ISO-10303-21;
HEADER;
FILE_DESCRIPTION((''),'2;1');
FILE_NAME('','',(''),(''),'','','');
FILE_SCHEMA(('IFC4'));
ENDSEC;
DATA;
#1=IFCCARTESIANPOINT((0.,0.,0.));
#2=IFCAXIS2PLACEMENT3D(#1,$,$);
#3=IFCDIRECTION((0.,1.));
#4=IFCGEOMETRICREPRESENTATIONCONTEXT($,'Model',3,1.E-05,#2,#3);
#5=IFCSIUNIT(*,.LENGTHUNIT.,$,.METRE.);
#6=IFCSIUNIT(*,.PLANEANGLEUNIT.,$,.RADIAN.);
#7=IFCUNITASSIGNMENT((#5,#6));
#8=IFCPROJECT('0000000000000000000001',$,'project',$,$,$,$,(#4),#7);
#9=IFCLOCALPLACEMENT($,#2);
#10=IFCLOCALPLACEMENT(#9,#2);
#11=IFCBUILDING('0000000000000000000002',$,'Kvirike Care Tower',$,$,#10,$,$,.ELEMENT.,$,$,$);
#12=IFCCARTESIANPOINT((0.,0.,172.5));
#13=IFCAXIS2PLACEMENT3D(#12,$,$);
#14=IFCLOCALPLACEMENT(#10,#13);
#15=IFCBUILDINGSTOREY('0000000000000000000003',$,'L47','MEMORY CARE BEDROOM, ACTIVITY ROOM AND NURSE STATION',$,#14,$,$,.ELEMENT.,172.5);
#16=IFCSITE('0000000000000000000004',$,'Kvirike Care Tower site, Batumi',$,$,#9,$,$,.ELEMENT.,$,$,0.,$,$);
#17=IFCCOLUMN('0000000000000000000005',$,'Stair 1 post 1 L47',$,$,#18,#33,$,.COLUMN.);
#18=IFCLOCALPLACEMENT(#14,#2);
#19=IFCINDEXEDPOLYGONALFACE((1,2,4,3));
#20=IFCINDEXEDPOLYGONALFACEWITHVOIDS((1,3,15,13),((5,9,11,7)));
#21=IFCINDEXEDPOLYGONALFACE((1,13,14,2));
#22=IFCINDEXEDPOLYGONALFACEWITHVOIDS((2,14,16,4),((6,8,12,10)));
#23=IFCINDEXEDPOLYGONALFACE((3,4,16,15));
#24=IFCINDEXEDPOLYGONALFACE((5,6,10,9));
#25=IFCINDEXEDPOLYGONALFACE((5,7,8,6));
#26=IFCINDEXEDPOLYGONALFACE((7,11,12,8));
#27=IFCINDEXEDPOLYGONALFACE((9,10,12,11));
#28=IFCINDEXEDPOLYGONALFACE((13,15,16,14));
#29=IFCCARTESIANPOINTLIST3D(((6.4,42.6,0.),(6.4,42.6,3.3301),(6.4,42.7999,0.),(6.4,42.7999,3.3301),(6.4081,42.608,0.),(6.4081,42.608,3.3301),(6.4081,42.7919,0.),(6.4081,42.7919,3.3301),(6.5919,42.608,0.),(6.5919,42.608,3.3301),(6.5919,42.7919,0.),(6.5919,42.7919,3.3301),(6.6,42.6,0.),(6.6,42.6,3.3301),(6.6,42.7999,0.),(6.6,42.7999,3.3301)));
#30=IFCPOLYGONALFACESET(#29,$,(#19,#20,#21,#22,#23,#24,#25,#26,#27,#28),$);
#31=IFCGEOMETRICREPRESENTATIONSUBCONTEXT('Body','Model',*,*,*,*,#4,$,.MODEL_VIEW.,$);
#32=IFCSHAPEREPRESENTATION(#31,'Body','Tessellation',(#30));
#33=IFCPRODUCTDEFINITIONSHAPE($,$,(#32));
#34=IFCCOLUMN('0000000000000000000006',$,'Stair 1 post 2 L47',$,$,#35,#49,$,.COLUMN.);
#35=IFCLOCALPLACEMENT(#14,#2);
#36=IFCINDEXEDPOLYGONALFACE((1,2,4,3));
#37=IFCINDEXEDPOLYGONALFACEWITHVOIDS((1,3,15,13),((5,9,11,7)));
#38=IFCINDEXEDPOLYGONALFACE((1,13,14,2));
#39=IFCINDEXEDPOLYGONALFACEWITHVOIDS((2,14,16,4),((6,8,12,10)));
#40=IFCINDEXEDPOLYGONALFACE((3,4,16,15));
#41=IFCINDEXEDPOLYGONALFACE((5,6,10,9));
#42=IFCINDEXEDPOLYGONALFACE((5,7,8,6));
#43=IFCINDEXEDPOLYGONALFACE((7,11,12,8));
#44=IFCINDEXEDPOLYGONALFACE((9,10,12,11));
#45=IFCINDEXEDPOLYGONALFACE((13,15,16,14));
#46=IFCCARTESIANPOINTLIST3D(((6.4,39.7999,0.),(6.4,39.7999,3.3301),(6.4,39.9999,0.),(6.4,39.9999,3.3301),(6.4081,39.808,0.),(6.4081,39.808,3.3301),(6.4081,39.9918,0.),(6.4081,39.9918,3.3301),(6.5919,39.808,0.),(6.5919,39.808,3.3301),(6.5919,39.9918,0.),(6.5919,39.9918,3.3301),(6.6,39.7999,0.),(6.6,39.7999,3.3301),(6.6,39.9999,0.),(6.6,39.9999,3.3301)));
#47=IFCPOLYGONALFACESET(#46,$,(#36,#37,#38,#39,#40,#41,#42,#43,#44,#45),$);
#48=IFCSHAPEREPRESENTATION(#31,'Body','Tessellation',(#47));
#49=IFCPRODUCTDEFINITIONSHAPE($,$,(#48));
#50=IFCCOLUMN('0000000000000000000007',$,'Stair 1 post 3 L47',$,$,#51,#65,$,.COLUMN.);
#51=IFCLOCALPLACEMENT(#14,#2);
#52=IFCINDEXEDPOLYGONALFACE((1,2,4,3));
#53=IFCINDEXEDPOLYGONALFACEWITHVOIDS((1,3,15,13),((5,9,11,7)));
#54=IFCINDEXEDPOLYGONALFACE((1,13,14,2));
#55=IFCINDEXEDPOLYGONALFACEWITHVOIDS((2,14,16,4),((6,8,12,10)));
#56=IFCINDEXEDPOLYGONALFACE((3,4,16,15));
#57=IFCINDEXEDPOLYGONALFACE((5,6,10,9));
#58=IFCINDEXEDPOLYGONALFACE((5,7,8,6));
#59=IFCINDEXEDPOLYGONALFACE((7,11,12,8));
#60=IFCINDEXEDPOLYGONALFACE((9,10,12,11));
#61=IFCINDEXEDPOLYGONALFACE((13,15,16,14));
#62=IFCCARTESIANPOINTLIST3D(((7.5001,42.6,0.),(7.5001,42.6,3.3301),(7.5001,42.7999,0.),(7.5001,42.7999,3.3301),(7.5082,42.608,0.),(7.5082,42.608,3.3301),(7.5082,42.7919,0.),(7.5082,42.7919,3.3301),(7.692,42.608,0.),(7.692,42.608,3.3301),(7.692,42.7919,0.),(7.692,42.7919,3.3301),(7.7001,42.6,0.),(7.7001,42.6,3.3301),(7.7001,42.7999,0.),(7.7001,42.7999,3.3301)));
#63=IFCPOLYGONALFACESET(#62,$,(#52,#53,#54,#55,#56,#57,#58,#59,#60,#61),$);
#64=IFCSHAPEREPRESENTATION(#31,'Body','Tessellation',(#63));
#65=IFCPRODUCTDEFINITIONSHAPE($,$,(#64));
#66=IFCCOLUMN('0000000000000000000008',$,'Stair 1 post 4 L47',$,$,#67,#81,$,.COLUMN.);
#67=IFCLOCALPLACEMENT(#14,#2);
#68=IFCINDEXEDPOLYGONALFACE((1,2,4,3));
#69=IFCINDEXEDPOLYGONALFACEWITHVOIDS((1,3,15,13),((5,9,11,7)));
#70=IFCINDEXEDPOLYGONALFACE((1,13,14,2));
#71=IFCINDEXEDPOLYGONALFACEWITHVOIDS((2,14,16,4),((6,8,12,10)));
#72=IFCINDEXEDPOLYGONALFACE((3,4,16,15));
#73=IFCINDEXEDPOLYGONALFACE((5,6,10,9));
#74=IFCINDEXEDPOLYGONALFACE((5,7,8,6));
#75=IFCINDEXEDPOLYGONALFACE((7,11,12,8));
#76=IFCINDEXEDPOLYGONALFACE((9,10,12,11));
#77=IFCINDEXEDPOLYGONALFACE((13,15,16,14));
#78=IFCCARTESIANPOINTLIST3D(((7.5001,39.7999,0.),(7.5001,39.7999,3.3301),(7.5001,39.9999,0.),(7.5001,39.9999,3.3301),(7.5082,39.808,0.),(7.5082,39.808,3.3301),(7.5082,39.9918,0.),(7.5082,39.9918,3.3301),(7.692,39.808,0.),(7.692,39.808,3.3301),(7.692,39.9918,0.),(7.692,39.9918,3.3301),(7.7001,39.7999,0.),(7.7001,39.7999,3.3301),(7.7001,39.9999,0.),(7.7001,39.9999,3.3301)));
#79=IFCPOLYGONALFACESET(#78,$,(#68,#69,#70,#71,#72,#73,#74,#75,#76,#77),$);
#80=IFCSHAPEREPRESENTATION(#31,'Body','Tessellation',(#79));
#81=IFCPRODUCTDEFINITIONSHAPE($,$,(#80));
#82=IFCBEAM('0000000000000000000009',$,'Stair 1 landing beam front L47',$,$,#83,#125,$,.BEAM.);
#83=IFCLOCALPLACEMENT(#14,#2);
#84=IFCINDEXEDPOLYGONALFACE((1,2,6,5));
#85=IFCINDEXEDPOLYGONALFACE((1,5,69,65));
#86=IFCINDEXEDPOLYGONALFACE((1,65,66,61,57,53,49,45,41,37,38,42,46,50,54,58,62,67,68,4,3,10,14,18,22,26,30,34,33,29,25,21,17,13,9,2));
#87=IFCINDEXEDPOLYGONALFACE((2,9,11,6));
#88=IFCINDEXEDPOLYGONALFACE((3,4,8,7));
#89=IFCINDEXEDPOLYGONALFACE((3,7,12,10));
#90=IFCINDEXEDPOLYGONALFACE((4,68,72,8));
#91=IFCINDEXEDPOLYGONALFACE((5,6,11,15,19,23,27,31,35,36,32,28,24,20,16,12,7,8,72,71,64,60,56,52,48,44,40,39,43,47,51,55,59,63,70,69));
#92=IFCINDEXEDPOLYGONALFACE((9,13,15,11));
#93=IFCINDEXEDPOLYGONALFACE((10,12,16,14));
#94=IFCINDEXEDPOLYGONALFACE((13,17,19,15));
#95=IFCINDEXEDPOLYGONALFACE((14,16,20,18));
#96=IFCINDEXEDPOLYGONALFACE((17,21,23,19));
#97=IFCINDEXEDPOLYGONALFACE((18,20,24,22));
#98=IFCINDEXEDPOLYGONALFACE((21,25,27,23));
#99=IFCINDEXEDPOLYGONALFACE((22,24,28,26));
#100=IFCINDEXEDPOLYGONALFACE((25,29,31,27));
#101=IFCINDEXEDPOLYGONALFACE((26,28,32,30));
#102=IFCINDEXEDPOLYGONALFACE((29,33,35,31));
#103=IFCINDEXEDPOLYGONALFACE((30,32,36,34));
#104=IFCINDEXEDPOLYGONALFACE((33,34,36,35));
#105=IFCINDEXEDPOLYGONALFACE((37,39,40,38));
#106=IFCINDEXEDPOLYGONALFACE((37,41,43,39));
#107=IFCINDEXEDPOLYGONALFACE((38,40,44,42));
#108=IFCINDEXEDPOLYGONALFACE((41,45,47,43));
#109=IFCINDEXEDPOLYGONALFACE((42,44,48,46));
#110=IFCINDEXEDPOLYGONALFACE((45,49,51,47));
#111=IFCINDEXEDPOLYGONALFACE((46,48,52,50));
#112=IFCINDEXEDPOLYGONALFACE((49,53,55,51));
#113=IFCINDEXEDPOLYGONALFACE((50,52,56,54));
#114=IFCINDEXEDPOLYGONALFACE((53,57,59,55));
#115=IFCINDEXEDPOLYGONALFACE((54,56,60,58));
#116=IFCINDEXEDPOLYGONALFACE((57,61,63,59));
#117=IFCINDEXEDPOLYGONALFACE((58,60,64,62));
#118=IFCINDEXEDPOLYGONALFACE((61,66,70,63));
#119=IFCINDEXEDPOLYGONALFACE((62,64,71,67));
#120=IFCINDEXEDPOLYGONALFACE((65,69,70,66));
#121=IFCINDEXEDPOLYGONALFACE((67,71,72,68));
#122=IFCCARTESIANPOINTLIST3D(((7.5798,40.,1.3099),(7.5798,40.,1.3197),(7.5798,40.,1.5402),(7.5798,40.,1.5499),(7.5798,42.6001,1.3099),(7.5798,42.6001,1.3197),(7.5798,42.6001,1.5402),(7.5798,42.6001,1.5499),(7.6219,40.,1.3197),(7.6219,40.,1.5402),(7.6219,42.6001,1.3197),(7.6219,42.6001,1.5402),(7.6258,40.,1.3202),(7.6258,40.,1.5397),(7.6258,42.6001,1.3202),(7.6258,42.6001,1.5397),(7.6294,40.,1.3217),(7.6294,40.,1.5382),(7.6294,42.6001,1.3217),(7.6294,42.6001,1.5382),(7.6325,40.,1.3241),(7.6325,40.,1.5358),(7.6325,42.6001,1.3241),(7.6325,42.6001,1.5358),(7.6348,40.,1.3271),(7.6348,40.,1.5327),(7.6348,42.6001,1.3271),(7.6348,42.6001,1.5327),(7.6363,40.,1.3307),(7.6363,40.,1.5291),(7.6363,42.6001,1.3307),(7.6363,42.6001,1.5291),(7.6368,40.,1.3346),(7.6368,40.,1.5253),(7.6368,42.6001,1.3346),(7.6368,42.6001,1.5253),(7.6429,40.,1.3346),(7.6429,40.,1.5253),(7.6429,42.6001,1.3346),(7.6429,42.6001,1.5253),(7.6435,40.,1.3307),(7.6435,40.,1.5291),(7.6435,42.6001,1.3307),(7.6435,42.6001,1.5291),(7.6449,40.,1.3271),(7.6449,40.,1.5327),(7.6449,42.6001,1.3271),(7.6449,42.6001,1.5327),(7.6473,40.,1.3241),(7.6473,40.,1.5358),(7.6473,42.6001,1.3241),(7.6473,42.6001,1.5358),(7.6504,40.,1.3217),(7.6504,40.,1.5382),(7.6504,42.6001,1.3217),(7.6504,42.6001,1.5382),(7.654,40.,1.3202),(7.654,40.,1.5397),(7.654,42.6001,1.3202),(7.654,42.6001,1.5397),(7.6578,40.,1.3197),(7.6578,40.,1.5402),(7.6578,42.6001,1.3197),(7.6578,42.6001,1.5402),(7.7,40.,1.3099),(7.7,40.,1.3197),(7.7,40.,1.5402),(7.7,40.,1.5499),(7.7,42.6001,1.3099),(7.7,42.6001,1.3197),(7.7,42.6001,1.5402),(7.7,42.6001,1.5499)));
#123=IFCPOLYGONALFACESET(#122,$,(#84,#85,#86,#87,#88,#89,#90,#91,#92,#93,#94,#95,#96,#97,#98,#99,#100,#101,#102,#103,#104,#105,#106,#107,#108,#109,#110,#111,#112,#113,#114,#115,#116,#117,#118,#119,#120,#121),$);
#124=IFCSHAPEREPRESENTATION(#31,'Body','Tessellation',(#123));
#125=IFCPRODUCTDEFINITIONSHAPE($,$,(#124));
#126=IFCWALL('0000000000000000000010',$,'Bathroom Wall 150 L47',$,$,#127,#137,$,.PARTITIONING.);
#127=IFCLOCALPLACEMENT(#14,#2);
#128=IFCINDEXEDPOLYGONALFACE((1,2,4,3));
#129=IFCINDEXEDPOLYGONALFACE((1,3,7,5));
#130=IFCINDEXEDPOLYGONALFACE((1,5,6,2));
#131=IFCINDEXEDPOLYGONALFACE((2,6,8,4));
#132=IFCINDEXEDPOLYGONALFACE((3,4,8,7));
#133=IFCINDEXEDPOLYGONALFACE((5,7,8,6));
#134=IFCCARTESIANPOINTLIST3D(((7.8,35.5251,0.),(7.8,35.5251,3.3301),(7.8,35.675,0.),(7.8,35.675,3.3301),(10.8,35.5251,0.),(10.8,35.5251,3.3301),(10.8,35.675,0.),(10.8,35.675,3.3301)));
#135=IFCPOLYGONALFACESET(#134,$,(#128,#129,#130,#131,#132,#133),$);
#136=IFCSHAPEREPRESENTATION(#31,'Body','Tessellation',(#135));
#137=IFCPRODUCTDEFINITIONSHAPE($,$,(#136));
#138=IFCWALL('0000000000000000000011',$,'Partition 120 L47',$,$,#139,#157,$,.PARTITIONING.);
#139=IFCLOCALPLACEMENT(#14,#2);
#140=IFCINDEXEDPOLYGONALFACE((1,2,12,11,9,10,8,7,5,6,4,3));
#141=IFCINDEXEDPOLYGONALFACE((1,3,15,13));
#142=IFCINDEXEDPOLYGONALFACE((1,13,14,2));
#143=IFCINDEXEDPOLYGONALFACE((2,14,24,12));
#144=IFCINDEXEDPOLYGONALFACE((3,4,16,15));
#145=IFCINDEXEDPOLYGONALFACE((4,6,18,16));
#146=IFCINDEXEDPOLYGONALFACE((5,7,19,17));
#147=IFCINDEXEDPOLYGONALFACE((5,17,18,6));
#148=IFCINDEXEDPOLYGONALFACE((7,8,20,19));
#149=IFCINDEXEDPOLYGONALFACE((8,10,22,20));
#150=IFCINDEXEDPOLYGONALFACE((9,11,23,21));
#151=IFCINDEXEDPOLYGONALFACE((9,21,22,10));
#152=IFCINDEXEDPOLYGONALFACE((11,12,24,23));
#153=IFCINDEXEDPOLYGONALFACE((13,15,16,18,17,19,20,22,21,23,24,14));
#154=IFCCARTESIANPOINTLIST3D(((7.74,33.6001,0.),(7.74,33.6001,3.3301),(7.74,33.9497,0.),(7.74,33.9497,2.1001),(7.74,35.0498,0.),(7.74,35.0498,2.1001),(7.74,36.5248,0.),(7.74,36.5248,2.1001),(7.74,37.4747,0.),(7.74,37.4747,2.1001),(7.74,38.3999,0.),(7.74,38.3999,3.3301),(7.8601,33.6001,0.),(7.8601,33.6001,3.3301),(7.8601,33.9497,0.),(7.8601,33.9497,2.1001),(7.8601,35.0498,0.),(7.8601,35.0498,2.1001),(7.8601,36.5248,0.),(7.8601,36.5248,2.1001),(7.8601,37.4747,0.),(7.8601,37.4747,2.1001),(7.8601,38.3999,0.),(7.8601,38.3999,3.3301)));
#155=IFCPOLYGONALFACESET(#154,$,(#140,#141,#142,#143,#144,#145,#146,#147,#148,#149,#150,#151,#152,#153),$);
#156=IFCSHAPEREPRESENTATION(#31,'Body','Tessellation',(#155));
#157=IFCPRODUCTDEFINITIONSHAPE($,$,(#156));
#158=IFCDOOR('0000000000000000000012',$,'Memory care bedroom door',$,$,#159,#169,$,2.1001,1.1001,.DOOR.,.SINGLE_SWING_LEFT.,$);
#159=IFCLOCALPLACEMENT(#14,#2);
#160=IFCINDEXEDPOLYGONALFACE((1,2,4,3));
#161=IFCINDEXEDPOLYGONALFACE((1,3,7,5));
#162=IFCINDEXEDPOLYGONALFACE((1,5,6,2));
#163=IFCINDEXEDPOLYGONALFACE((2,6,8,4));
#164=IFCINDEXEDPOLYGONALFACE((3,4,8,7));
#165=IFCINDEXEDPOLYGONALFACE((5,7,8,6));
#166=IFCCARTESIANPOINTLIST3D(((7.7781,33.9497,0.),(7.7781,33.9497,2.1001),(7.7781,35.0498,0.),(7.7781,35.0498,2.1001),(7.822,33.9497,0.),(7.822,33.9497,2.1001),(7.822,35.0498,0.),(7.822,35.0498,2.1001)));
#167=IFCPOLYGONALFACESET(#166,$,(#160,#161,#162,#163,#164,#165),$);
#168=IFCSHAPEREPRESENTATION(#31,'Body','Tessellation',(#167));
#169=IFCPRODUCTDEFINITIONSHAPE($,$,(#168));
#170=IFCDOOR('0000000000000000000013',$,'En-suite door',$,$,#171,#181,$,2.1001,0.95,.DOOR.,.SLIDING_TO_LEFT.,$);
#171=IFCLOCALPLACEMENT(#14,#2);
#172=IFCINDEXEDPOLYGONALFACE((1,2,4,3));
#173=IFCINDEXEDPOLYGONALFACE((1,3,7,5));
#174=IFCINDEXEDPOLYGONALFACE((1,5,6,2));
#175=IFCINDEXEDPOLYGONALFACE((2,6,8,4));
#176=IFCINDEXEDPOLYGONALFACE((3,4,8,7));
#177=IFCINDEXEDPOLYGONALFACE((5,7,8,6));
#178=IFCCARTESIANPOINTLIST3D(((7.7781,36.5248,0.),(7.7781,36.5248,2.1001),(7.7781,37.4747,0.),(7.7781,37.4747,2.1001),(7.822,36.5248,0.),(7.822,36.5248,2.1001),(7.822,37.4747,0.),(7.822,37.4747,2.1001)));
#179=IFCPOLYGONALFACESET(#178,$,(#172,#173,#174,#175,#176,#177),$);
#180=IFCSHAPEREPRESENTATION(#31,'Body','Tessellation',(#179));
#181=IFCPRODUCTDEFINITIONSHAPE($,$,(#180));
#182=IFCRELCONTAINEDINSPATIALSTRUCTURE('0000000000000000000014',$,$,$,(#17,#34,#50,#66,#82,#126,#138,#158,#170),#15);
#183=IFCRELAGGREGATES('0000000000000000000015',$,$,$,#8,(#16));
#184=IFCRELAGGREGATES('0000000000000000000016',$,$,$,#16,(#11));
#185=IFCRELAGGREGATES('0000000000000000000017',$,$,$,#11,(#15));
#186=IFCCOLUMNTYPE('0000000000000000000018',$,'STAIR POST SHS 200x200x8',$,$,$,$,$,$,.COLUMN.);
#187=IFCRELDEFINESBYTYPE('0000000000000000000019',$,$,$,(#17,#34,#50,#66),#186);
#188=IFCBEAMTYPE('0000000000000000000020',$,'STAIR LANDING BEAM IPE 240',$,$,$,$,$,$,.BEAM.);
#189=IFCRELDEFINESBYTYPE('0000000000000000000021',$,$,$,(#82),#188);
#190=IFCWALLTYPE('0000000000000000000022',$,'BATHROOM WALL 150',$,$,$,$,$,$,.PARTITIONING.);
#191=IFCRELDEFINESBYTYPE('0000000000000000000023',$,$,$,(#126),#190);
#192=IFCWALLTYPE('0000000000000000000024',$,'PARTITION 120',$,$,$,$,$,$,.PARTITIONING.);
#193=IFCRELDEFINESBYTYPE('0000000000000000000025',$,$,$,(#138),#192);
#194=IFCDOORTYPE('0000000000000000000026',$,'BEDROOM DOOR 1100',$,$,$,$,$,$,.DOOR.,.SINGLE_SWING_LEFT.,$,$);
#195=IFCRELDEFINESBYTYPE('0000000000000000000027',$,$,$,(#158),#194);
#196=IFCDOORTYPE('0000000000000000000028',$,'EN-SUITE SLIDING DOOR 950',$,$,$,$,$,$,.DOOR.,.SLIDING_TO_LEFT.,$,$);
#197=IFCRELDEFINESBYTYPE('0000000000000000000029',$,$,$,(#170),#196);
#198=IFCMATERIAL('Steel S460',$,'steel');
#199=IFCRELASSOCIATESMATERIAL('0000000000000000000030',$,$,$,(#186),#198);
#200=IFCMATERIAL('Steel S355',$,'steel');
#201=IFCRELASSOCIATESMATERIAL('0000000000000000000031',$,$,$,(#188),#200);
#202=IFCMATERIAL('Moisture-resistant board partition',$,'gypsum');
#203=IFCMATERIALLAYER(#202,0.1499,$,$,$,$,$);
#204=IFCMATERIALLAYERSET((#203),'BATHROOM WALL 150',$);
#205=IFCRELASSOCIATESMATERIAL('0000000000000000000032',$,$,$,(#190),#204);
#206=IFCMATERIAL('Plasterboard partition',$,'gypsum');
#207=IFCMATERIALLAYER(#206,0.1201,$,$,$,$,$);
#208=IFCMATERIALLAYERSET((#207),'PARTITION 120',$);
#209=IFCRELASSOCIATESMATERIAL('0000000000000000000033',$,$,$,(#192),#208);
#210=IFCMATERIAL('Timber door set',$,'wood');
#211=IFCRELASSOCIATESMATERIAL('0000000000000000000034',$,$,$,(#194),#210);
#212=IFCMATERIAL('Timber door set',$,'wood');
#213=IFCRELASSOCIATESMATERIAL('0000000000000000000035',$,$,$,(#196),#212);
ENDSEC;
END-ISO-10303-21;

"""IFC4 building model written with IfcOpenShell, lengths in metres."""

from ifc_helpers import new_model, si_unit, direction, frame, frame_2d, origin, origin_2d, place, context, subcontext, project, spatial, rectangle, hollow_rectangle, i_section, extrude, material, layer, layer_set, material_profile, profile_set, type_object, element, fill, save


model = new_model("IFC4")

# Units and contexts
model_context = context("Model", 3, precision=1e-05, world=origin(), true_north=direction((0.0, 1.0)))
body_context = subcontext(model_context, "Body", "Model", "MODEL_VIEW")
ifc_project = project(units=[si_unit("LENGTHUNIT", "METRE"), si_unit("PLANEANGLEUNIT", "RADIAN")], contexts=[model_context])

# Site, building, storey
site_placement = place(None, origin())
site = spatial("IfcSite", under=ifc_project, at=site_placement, Name="Kvirike Care Tower site, Batumi", CompositionType="ELEMENT", RefElevation=0.0)
building_placement = place(site_placement, origin())
building = spatial("IfcBuilding", under=site, at=building_placement, Name="Kvirike Care Tower", CompositionType="ELEMENT")
storey_placement = place(building_placement, frame((0.0, 0.0, 172.5)))
storey = spatial("IfcBuildingStorey", under=building, at=storey_placement, Name="L47", Description="MEMORY CARE BEDROOM, ACTIVITY ROOM AND NURSE STATION", CompositionType="ELEMENT", Elevation=172.5)

# Columns
ifc_material_1 = material(Name="Steel S460", Category="steel")
ifc_material_profile_1 = material_profile(ifc_material_1, hollow_rectangle(XDim=0.2, YDim=0.2, WallThickness=0.0081, at=origin_2d()), Name="SHS 200x200x8")
ifc_profile_set_1 = profile_set([ifc_material_profile_1], Name="Steel S460")
column_type = type_object("IfcColumnType", Name="STAIR POST SHS 200x200x8", PredefinedType="COLUMN", material=ifc_profile_set_1)
for number, where, z_axis, x_axis, name in (
    (1, (6.5, 42.7, 0.0), (0.0, 0.0, 1.0), (1.0, 0.0, 0.0), "Stair 1 post 1 L47"),
    (2, (6.5, 39.8999, 0.0), (0.0, 0.0, 1.0), (1.0, 0.0, 0.0), "Stair 1 post 2 L47"),
    (3, (7.6001, 42.7, 0.0), (0.0, 0.0, 1.0), (1.0, 0.0, 0.0), "Stair 1 post 3 L47"),
    (4, (7.6001, 39.8999, 0.0), (0.0, 0.0, 1.0), (1.0, 0.0, 0.0), "Stair 1 post 4 L47"),
):
    element("IfcColumn", number, at=place(storey_placement, frame(where, z_axis=z_axis, x_axis=x_axis)), inside=storey, type_object=column_type, Name=name, PredefinedType="COLUMN", context=body_context, shape_type="SweptSolid", body=[
        extrude(hollow_rectangle(XDim=0.2, YDim=0.2, WallThickness=0.0081, at=origin_2d()), origin(), (0.0, 0.0, 1.0), 3.3301),
    ])

# Beam
ifc_material_2 = material(Name="Steel S355", Category="steel")
ifc_material_profile_2 = material_profile(ifc_material_2, i_section(OverallWidth=0.1201, OverallDepth=0.24, WebThickness=0.0061, FlangeThickness=0.0098, FilletRadius=0.0149, at=origin_2d()), Name="IPE 240")
ifc_profile_set_2 = profile_set([ifc_material_profile_2], Name="Steel S355")
beam_type = type_object("IfcBeamType", Name="STAIR LANDING BEAM IPE 240", PredefinedType="BEAM", material=ifc_profile_set_2)
beam_placement = place(storey_placement, frame((7.6399, 42.6001, 1.4299), z_axis=(0.0, -1.0, 0.0), x_axis=(1.0, 0.0, 0.0)))
element("IfcBeam", 5, at=beam_placement, inside=storey, type_object=beam_type, Name="Stair 1 landing beam front L47", PredefinedType="BEAM", context=body_context, shape_type="SweptSolid", body=[
    extrude(i_section(OverallWidth=0.1201, OverallDepth=0.24, WebThickness=0.0061, FlangeThickness=0.0098, FilletRadius=0.0149, at=origin_2d()), origin(), (0.0, 0.0, 1.0), 2.6001),
])

# Wall
ifc_material_3 = material(Name="Moisture-resistant board partition", Category="gypsum")
ifc_layer_1 = layer(ifc_material_3, 0.1499)
ifc_layer_set_1 = layer_set([ifc_layer_1], Name="BATHROOM WALL 150")
wall_type_1 = type_object("IfcWallType", Name="BATHROOM WALL 150", PredefinedType="PARTITIONING", material=ifc_layer_set_1)
wall_1_placement = place(storey_placement, frame((7.8, 35.6001, 0.0), z_axis=(0.0, 0.0, 1.0), x_axis=(1.0, 0.0, 0.0)))
element("IfcWall", 6, at=wall_1_placement, inside=storey, type_object=wall_type_1, Name="Bathroom Wall 150 L47", PredefinedType="PARTITIONING", context=body_context, shape_type="SweptSolid", body=[
    extrude(rectangle(XDim=3.0, YDim=0.1499, at=frame_2d((1.5, 0.0))), origin(), (0.0, 0.0, 1.0), 3.3301),
])

# Wall, openings, doors
ifc_material_4 = material(Name="Plasterboard partition", Category="gypsum")
ifc_layer_2 = layer(ifc_material_4, 0.1201)
ifc_layer_set_2 = layer_set([ifc_layer_2], Name="PARTITION 120")
wall_type_2 = type_object("IfcWallType", Name="PARTITION 120", PredefinedType="PARTITIONING", material=ifc_layer_set_2)
wall_2_placement = place(storey_placement, frame((7.8, 38.3999, 0.0), z_axis=(0.0, 0.0, 1.0), x_axis=(0.0, -1.0, 0.0)))
wall_2 = element("IfcWall", 7, at=wall_2_placement, inside=storey, type_object=wall_type_2, Name="Partition 120 L47", PredefinedType="PARTITIONING", context=body_context, shape_type="SweptSolid", body=[
    extrude(rectangle(XDim=4.7998, YDim=0.1201, at=frame_2d((2.3999, 0.0))), origin(), (0.0, 0.0, 1.0), 3.3301),
])
opening_1_placement = place(wall_2_placement, frame((3.3501, 0.0, 0.0)))
opening_1 = element("IfcOpeningElement", 8, at=opening_1_placement, cuts=wall_2, PredefinedType="OPENING", context=body_context, shape_type="SweptSolid", body=[
    extrude(rectangle(XDim=1.1001, YDim=2.1001, at=frame_2d((0.55, 1.05))), frame((0.0, 0.0706, 0.0), z_axis=(0.0, -1.0, 0.0), x_axis=(1.0, 0.0, 0.0)), (0.0, 0.0, 1.0), 0.1411),
])
opening_2_placement = place(wall_2_placement, frame((0.925, 0.0, 0.0)))
opening_2 = element("IfcOpeningElement", 9, at=opening_2_placement, cuts=wall_2, PredefinedType="OPENING", context=body_context, shape_type="SweptSolid", body=[
    extrude(rectangle(XDim=0.95, YDim=2.1001, at=frame_2d((0.4751, 1.05))), frame((0.0, 0.0706, 0.0), z_axis=(0.0, -1.0, 0.0), x_axis=(1.0, 0.0, 0.0)), (0.0, 0.0, 1.0), 0.1411),
])
ifc_material_5 = material(Name="Timber door set", Category="wood")
door_type_1 = type_object("IfcDoorType", Name="BEDROOM DOOR 1100", OperationType="SINGLE_SWING_LEFT", PredefinedType="DOOR", material=ifc_material_5)
door_1_placement = place(opening_1_placement, origin())
door_1 = element("IfcDoor", 10, at=door_1_placement, inside=storey, type_object=door_type_1, Name="Memory care bedroom door", OperationType="SINGLE_SWING_LEFT", OverallHeight=2.1001, OverallWidth=1.1001, PredefinedType="DOOR", context=body_context, shape_type="SweptSolid", body=[
    extrude(rectangle(XDim=1.1001, YDim=2.1001, at=frame_2d((0.55, 1.05))), frame((0.0, 0.022, 0.0), z_axis=(0.0, -1.0, 0.0), x_axis=(1.0, 0.0, 0.0)), (0.0, 0.0, 1.0), 0.0439),
])
fill(opening_1, door_1)
ifc_material_6 = material(Name="Timber door set", Category="wood")
door_type_2 = type_object("IfcDoorType", Name="EN-SUITE SLIDING DOOR 950", OperationType="SLIDING_TO_LEFT", PredefinedType="DOOR", material=ifc_material_6)
door_2_placement = place(opening_2_placement, origin())
door_2 = element("IfcDoor", 11, at=door_2_placement, inside=storey, type_object=door_type_2, Name="En-suite door", OperationType="SLIDING_TO_LEFT", OverallHeight=2.1001, OverallWidth=0.95, PredefinedType="DOOR", context=body_context, shape_type="SweptSolid", body=[
    extrude(rectangle(XDim=0.95, YDim=2.1001, at=frame_2d((0.4751, 1.05))), frame((0.0, 0.022, 0.0), z_axis=(0.0, -1.0, 0.0), x_axis=(1.0, 0.0, 0.0)), (0.0, 0.0, 1.0), 0.0439),
])
fill(opening_2, door_2)

save(model, "model.ifc")
